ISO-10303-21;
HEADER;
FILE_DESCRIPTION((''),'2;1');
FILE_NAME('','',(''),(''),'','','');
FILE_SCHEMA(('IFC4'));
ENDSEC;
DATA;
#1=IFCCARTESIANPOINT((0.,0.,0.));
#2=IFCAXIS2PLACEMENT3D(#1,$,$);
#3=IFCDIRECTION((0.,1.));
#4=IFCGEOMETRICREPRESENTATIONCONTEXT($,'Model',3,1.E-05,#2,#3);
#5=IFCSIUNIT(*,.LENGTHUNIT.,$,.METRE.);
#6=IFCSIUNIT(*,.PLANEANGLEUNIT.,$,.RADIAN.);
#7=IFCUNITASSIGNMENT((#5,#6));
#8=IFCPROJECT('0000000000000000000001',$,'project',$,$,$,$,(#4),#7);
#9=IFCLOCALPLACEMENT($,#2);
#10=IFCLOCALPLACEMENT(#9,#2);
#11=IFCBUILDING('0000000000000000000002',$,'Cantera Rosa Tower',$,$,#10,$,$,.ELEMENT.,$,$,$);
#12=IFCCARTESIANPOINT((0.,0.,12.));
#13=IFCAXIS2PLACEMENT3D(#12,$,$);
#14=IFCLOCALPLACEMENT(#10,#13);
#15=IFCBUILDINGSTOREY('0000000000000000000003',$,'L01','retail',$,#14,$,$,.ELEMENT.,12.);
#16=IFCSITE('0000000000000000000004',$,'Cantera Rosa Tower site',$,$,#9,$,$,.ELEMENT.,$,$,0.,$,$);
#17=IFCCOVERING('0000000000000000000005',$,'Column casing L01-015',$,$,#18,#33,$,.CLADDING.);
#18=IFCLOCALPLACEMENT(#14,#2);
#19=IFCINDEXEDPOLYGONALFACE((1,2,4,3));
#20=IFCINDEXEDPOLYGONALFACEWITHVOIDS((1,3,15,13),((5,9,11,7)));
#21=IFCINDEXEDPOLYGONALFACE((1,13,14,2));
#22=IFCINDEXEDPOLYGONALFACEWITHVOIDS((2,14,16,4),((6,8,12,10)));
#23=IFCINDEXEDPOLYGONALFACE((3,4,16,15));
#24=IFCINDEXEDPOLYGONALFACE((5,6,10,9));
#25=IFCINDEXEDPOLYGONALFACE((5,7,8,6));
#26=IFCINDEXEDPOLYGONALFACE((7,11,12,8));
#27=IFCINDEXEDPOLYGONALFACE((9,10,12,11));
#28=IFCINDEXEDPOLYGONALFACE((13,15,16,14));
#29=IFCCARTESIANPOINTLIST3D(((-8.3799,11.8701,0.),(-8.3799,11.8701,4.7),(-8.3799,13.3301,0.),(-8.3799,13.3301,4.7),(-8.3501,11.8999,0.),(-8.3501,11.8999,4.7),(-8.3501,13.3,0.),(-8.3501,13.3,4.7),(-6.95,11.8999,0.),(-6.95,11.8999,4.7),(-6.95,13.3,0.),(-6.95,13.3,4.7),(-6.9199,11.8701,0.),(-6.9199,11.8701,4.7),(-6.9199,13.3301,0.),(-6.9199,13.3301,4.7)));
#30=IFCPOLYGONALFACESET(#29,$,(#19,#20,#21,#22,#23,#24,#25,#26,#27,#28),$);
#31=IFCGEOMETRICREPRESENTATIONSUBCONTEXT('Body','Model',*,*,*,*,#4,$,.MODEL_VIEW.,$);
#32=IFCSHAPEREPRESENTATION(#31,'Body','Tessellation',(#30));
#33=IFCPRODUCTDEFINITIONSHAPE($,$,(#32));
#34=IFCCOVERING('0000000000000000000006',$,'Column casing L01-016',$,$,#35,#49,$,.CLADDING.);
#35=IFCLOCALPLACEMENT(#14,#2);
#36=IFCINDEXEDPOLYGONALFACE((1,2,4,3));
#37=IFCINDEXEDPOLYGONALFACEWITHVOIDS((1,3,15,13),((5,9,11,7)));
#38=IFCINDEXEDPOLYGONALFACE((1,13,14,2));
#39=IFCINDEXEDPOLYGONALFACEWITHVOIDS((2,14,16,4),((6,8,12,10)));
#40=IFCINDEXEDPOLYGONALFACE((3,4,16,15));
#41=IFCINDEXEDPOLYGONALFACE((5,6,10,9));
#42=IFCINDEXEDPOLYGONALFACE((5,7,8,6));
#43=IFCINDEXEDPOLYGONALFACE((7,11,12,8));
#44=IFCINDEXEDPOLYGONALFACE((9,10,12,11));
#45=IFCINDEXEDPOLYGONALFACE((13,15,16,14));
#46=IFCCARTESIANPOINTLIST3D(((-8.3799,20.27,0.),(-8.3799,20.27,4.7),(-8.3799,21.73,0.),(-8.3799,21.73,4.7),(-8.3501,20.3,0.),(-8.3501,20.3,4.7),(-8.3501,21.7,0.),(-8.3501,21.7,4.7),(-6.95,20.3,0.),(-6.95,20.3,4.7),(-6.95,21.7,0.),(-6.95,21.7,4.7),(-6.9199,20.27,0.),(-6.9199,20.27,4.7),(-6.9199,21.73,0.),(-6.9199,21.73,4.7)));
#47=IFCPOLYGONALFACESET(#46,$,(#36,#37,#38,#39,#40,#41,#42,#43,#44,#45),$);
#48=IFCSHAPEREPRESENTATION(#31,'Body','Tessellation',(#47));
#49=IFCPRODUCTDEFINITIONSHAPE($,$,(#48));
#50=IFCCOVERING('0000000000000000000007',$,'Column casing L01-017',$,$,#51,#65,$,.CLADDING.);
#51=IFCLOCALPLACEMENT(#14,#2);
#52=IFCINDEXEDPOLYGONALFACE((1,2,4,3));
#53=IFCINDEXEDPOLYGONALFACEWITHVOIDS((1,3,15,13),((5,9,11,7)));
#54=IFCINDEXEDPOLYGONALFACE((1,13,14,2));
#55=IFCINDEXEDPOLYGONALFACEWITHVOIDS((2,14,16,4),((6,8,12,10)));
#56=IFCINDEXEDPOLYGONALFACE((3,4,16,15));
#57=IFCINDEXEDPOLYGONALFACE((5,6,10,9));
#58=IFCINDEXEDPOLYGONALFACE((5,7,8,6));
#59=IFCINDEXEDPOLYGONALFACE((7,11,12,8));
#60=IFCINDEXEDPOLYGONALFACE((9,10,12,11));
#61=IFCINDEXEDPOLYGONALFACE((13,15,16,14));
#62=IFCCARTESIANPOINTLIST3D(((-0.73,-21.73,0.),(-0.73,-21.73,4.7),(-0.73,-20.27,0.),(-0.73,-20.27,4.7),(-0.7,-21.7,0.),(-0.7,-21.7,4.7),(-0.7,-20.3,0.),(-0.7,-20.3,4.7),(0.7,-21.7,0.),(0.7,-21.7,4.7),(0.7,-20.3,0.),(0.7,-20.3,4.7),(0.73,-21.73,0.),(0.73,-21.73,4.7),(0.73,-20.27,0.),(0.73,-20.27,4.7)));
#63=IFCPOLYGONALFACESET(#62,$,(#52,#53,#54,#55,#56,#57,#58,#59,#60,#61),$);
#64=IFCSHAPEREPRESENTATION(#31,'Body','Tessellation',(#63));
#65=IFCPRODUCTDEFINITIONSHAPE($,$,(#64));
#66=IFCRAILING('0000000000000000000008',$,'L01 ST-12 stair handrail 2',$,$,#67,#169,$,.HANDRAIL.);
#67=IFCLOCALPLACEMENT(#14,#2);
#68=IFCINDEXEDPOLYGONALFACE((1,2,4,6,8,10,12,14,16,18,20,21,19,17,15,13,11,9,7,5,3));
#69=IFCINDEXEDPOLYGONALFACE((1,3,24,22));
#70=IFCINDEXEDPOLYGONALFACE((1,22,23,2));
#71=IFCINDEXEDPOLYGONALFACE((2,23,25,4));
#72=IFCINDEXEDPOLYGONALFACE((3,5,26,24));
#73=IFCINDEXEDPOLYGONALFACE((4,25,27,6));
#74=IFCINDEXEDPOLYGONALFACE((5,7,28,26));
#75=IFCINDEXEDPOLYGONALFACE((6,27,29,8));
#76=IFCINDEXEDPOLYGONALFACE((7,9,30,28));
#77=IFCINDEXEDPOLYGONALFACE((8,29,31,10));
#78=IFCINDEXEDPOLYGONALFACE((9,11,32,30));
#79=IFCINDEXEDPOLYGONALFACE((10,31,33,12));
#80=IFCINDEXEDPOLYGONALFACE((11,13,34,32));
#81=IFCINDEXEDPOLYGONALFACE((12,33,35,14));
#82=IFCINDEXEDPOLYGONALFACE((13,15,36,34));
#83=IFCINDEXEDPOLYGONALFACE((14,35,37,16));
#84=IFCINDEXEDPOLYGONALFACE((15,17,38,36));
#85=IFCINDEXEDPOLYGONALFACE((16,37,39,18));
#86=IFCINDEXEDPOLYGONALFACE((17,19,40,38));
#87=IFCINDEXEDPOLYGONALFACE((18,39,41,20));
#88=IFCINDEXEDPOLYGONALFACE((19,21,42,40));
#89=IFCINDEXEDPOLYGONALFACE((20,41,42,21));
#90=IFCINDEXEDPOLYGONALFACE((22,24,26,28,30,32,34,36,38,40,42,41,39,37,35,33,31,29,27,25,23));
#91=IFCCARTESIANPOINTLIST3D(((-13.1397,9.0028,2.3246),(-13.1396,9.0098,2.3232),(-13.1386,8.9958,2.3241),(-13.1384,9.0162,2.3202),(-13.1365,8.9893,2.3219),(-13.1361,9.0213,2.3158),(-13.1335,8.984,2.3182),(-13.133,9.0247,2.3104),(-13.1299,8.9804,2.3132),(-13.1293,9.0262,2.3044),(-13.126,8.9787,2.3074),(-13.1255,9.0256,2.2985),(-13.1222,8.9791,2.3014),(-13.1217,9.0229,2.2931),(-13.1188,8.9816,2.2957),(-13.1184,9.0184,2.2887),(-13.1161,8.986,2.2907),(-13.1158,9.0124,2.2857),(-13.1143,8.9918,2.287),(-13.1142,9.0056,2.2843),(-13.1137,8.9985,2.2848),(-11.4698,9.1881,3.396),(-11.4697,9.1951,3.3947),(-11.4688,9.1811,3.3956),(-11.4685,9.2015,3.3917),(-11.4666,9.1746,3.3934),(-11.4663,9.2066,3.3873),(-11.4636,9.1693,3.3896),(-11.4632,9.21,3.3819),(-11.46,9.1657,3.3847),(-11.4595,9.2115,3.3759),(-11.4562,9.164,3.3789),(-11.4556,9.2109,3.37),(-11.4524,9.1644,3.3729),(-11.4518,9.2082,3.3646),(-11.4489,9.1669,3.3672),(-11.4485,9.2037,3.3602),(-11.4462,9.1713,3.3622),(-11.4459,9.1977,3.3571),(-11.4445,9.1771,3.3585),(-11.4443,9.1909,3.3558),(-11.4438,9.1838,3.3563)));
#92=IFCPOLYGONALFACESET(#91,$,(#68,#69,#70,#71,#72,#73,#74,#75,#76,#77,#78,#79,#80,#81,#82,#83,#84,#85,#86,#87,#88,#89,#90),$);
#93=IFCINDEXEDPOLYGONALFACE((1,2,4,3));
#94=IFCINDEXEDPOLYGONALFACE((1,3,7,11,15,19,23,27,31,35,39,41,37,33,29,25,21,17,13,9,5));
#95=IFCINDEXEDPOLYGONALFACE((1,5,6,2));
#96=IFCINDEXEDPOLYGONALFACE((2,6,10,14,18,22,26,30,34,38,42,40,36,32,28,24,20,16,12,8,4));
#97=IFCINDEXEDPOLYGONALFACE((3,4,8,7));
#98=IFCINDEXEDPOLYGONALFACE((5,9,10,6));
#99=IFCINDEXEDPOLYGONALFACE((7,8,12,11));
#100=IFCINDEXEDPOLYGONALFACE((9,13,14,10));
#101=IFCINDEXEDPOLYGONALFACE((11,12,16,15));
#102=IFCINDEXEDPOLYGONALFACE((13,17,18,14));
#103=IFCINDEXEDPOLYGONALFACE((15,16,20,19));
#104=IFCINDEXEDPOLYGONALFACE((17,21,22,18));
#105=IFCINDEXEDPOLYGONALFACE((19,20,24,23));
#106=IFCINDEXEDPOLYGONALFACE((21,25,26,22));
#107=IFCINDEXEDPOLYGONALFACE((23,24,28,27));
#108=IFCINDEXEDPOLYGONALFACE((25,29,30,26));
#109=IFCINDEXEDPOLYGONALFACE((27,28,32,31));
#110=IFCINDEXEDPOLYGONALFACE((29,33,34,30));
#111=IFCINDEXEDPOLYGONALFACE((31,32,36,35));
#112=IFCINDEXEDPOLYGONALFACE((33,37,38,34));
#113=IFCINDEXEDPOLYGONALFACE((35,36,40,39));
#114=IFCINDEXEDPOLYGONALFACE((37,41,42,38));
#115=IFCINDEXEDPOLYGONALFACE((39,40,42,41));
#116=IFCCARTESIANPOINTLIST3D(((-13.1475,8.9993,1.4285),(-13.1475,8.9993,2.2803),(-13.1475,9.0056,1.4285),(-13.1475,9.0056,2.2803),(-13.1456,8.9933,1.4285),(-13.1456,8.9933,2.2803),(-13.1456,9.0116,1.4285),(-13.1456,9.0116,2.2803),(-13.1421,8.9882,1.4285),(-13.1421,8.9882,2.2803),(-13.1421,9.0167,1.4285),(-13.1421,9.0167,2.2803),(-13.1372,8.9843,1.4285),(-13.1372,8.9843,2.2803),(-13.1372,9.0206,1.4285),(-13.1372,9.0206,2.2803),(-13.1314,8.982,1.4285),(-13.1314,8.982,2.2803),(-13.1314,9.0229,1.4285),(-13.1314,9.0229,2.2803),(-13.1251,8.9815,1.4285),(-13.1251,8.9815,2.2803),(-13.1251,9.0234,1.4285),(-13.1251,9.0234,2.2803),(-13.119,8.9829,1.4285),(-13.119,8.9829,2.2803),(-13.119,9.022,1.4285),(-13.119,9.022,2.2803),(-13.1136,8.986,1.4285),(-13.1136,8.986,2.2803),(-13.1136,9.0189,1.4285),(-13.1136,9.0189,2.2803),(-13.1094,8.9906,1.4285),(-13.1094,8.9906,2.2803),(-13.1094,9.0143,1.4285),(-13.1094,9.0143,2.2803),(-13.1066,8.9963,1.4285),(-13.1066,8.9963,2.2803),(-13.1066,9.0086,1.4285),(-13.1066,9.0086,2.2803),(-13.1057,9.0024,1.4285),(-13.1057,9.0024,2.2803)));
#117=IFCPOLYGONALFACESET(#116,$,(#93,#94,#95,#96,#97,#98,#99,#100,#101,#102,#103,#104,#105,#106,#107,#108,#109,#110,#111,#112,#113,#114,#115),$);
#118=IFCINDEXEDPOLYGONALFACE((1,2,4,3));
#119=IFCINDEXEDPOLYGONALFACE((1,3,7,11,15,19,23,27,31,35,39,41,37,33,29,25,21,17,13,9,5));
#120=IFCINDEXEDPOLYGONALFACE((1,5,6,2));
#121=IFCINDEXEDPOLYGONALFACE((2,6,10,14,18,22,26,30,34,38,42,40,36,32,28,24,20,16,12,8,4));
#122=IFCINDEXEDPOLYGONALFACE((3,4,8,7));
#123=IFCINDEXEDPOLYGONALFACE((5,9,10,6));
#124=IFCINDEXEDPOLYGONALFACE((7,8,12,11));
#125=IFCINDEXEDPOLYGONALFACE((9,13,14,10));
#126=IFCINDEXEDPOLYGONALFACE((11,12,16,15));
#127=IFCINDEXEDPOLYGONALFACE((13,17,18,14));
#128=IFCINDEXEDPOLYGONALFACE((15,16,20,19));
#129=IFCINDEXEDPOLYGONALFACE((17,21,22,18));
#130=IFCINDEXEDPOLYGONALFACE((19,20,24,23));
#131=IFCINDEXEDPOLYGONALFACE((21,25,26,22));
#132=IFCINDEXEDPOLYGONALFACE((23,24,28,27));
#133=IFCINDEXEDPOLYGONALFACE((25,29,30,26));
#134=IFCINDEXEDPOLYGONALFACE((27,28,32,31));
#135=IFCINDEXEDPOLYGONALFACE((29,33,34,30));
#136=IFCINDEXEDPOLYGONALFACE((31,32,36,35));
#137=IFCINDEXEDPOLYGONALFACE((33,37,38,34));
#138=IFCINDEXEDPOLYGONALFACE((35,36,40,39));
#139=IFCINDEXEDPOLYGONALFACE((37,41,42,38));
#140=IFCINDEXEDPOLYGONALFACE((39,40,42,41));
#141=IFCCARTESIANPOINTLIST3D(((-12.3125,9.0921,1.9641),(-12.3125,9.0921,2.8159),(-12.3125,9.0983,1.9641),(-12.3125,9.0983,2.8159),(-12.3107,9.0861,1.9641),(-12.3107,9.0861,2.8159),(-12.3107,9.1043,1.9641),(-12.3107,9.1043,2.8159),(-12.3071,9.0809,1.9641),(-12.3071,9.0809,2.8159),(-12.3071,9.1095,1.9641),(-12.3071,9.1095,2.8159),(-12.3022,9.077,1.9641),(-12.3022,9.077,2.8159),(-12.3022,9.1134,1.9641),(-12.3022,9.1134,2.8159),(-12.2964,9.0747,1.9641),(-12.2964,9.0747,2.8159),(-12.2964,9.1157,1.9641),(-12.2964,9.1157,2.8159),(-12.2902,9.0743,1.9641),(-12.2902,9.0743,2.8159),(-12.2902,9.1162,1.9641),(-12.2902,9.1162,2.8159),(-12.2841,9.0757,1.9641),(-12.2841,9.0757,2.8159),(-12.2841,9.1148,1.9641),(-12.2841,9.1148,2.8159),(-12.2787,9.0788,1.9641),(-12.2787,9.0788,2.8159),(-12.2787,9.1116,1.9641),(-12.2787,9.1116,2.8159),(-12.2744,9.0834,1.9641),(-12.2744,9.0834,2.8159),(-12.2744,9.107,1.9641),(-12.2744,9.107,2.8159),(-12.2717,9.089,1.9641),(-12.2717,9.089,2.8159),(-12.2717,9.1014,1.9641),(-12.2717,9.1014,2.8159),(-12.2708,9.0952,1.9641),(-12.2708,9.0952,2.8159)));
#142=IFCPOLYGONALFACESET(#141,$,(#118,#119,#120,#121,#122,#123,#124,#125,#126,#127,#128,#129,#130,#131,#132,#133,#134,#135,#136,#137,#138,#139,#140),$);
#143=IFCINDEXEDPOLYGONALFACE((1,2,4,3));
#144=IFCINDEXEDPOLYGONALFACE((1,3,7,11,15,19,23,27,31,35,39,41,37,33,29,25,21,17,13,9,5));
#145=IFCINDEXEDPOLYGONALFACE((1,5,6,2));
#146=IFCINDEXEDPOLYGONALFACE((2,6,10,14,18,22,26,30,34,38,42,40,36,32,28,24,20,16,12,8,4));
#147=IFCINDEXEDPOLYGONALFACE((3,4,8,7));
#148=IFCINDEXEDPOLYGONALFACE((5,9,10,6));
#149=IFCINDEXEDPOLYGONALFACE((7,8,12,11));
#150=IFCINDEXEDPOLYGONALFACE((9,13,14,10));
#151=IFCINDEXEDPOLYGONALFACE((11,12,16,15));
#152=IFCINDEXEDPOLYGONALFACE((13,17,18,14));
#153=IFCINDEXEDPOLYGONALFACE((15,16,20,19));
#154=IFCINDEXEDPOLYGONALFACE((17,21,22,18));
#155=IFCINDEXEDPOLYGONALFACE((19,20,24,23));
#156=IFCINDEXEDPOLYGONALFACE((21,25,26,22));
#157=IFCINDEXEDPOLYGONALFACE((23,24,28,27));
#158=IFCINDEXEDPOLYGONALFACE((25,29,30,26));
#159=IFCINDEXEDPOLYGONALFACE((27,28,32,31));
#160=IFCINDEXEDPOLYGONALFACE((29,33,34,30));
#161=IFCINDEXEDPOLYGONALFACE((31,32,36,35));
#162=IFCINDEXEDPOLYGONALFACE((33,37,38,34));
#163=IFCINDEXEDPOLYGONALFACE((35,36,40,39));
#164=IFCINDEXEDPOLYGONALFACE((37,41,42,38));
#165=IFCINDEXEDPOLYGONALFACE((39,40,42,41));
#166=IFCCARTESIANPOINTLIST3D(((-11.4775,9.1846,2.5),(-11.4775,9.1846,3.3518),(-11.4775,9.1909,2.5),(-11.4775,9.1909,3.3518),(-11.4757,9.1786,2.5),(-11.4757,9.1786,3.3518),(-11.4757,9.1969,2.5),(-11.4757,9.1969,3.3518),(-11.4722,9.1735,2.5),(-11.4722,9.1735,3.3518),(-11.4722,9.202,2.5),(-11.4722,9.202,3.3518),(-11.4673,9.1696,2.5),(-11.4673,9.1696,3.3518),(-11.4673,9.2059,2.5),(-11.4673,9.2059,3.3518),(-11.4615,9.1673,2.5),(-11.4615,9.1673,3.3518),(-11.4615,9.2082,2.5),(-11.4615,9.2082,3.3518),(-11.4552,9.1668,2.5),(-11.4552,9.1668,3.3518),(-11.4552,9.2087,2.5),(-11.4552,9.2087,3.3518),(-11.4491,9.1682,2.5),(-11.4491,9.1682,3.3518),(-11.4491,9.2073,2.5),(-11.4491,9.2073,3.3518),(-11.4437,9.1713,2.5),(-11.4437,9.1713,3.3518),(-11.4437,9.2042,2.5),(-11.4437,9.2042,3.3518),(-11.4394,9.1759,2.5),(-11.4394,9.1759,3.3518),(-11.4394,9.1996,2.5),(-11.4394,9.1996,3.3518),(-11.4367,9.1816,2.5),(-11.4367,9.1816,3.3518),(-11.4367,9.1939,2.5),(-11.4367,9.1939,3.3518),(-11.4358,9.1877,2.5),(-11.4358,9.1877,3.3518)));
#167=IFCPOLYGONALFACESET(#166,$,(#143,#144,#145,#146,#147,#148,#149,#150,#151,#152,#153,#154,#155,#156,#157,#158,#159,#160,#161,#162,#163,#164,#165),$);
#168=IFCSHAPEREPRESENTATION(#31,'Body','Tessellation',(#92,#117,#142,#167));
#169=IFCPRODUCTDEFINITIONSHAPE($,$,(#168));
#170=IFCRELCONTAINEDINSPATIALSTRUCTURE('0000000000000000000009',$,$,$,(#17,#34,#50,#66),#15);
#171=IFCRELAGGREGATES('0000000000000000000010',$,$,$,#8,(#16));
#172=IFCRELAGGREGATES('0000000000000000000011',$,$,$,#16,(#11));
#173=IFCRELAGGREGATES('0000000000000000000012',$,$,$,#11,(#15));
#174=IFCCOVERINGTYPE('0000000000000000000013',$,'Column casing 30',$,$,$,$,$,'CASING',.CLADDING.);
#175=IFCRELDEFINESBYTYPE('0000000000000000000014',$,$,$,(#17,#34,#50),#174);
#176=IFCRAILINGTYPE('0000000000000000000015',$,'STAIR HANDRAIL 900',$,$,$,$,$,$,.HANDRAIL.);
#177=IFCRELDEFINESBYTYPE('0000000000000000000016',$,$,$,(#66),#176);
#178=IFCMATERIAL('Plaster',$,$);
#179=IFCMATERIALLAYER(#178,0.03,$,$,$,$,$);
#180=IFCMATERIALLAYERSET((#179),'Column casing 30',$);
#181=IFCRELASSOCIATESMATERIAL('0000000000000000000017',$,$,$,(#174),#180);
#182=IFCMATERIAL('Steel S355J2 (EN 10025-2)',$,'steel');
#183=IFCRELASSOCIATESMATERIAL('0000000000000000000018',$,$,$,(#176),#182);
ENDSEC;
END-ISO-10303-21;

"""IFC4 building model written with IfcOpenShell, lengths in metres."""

from ifc_helpers import new_model, si_unit, direction, frame, origin, origin_2d, place, context, subcontext, project, spatial, polyline, circle, outline, extrude, material, layer, layer_set, type_object, element, save


model = new_model("IFC4")

# Units and contexts
model_context = context("Model", 3, precision=1e-05, world=origin(), true_north=direction((0.0, 1.0)))
body_context = subcontext(model_context, "Body", "Model", "MODEL_VIEW")
ifc_project = project(units=[si_unit("LENGTHUNIT", "METRE"), si_unit("PLANEANGLEUNIT", "RADIAN")], contexts=[model_context])

# Site, building, storey
site_placement = place(None, origin())
site = spatial("IfcSite", under=ifc_project, at=site_placement, Name="Cantera Rosa Tower site", CompositionType="ELEMENT", RefElevation=0.0)
building_placement = place(site_placement, origin())
building = spatial("IfcBuilding", under=site, at=building_placement, Name="Cantera Rosa Tower", CompositionType="ELEMENT")
storey_placement = place(building_placement, frame((0.0, 0.0, 12.0)))
storey = spatial("IfcBuildingStorey", under=building, at=storey_placement, Name="L01", Description="retail", CompositionType="ELEMENT", Elevation=12.0)

# Coverings
ifc_material_1 = material(Name="Plaster")
ifc_layer_1 = layer(ifc_material_1, 0.03)
ifc_layer_set_1 = layer_set([ifc_layer_1], Name="Column casing 30")
covering_type = type_object("IfcCoveringType", Name="Column casing 30", ElementType="CASING", PredefinedType="CLADDING", material=ifc_layer_set_1)
covering_1_placement = place(storey_placement, origin())
element("IfcCovering", 1, at=covering_1_placement, inside=storey, type_object=covering_type, Name="Column casing L01-015", PredefinedType="CLADDING", context=body_context, shape_type="SweptSolid", body=[
    extrude(outline(polyline([(-8.3799, 11.8701), (-6.9199, 11.8701), (-6.9199, 13.3301), (-8.3799, 13.3301), (-8.3799, 11.8701)]), holes=[polyline([(-6.95, 13.3), (-8.3501, 13.3), (-8.3501, 11.8999), (-6.95, 11.8999), (-6.95, 13.3)])]), origin(), (0.0, 0.0, 1.0), 4.7),
])
covering_2_placement = place(storey_placement, origin())
element("IfcCovering", 2, at=covering_2_placement, inside=storey, type_object=covering_type, Name="Column casing L01-016", PredefinedType="CLADDING", context=body_context, shape_type="SweptSolid", body=[
    extrude(outline(polyline([(-8.3799, 20.27), (-6.9199, 20.27), (-6.9199, 21.73), (-8.3799, 21.73), (-8.3799, 20.27)]), holes=[polyline([(-6.95, 21.7), (-8.3501, 21.7), (-8.3501, 20.3), (-6.95, 20.3), (-6.95, 21.7)])]), origin(), (0.0, 0.0, 1.0), 4.7),
])
covering_3_placement = place(storey_placement, origin())
element("IfcCovering", 3, at=covering_3_placement, inside=storey, type_object=covering_type, Name="Column casing L01-017", PredefinedType="CLADDING", context=body_context, shape_type="SweptSolid", body=[
    extrude(outline(polyline([(-0.73, -21.73), (0.73, -21.73), (0.73, -20.27), (-0.73, -20.27), (-0.73, -21.73)]), holes=[polyline([(0.7, -20.3), (-0.7, -20.3), (-0.7, -21.7), (0.7, -21.7), (0.7, -20.3)])]), origin(), (0.0, 0.0, 1.0), 4.7),
])

# Railing
ifc_material_2 = material(Name="Steel S355J2 (EN 10025-2)", Category="steel")
railing_type = type_object("IfcRailingType", Name="STAIR HANDRAIL 900", PredefinedType="HANDRAIL", material=ifc_material_2)
for number, where, name in (
    (4, (-13.1267, 9.0024, 1.4285), "L01 ST-12 stair handrail 2"),
):
    element("IfcRailing", number, at=place(storey_placement, frame(where)), inside=storey, type_object=railing_type, Name=name, PredefinedType="HANDRAIL", context=body_context, shape_type="SweptSolid", body=[
        extrude(circle(Radius=0.0239, at=origin_2d()), frame((0.0, 0.0, 0.876), z_axis=(0.837987, 0.092987, 0.537709), x_axis=(-0.110288, 0.9939, 0.0)), (0.0, 0.0, 1.0), 1.9927),
        extrude(circle(Radius=0.021, at=origin_2d()), origin(), (0.0, 0.0, 1.0), 0.8518),
        extrude(circle(Radius=0.021, at=origin_2d()), frame((0.835, 0.0928, 0.5356)), (0.0, 0.0, 1.0), 0.8518),
        extrude(circle(Radius=0.021, at=origin_2d()), frame((1.6699, 0.1853, 1.0715)), (0.0, 0.0, 1.0), 0.8518),
    ])

save(model, "model.ifc")
